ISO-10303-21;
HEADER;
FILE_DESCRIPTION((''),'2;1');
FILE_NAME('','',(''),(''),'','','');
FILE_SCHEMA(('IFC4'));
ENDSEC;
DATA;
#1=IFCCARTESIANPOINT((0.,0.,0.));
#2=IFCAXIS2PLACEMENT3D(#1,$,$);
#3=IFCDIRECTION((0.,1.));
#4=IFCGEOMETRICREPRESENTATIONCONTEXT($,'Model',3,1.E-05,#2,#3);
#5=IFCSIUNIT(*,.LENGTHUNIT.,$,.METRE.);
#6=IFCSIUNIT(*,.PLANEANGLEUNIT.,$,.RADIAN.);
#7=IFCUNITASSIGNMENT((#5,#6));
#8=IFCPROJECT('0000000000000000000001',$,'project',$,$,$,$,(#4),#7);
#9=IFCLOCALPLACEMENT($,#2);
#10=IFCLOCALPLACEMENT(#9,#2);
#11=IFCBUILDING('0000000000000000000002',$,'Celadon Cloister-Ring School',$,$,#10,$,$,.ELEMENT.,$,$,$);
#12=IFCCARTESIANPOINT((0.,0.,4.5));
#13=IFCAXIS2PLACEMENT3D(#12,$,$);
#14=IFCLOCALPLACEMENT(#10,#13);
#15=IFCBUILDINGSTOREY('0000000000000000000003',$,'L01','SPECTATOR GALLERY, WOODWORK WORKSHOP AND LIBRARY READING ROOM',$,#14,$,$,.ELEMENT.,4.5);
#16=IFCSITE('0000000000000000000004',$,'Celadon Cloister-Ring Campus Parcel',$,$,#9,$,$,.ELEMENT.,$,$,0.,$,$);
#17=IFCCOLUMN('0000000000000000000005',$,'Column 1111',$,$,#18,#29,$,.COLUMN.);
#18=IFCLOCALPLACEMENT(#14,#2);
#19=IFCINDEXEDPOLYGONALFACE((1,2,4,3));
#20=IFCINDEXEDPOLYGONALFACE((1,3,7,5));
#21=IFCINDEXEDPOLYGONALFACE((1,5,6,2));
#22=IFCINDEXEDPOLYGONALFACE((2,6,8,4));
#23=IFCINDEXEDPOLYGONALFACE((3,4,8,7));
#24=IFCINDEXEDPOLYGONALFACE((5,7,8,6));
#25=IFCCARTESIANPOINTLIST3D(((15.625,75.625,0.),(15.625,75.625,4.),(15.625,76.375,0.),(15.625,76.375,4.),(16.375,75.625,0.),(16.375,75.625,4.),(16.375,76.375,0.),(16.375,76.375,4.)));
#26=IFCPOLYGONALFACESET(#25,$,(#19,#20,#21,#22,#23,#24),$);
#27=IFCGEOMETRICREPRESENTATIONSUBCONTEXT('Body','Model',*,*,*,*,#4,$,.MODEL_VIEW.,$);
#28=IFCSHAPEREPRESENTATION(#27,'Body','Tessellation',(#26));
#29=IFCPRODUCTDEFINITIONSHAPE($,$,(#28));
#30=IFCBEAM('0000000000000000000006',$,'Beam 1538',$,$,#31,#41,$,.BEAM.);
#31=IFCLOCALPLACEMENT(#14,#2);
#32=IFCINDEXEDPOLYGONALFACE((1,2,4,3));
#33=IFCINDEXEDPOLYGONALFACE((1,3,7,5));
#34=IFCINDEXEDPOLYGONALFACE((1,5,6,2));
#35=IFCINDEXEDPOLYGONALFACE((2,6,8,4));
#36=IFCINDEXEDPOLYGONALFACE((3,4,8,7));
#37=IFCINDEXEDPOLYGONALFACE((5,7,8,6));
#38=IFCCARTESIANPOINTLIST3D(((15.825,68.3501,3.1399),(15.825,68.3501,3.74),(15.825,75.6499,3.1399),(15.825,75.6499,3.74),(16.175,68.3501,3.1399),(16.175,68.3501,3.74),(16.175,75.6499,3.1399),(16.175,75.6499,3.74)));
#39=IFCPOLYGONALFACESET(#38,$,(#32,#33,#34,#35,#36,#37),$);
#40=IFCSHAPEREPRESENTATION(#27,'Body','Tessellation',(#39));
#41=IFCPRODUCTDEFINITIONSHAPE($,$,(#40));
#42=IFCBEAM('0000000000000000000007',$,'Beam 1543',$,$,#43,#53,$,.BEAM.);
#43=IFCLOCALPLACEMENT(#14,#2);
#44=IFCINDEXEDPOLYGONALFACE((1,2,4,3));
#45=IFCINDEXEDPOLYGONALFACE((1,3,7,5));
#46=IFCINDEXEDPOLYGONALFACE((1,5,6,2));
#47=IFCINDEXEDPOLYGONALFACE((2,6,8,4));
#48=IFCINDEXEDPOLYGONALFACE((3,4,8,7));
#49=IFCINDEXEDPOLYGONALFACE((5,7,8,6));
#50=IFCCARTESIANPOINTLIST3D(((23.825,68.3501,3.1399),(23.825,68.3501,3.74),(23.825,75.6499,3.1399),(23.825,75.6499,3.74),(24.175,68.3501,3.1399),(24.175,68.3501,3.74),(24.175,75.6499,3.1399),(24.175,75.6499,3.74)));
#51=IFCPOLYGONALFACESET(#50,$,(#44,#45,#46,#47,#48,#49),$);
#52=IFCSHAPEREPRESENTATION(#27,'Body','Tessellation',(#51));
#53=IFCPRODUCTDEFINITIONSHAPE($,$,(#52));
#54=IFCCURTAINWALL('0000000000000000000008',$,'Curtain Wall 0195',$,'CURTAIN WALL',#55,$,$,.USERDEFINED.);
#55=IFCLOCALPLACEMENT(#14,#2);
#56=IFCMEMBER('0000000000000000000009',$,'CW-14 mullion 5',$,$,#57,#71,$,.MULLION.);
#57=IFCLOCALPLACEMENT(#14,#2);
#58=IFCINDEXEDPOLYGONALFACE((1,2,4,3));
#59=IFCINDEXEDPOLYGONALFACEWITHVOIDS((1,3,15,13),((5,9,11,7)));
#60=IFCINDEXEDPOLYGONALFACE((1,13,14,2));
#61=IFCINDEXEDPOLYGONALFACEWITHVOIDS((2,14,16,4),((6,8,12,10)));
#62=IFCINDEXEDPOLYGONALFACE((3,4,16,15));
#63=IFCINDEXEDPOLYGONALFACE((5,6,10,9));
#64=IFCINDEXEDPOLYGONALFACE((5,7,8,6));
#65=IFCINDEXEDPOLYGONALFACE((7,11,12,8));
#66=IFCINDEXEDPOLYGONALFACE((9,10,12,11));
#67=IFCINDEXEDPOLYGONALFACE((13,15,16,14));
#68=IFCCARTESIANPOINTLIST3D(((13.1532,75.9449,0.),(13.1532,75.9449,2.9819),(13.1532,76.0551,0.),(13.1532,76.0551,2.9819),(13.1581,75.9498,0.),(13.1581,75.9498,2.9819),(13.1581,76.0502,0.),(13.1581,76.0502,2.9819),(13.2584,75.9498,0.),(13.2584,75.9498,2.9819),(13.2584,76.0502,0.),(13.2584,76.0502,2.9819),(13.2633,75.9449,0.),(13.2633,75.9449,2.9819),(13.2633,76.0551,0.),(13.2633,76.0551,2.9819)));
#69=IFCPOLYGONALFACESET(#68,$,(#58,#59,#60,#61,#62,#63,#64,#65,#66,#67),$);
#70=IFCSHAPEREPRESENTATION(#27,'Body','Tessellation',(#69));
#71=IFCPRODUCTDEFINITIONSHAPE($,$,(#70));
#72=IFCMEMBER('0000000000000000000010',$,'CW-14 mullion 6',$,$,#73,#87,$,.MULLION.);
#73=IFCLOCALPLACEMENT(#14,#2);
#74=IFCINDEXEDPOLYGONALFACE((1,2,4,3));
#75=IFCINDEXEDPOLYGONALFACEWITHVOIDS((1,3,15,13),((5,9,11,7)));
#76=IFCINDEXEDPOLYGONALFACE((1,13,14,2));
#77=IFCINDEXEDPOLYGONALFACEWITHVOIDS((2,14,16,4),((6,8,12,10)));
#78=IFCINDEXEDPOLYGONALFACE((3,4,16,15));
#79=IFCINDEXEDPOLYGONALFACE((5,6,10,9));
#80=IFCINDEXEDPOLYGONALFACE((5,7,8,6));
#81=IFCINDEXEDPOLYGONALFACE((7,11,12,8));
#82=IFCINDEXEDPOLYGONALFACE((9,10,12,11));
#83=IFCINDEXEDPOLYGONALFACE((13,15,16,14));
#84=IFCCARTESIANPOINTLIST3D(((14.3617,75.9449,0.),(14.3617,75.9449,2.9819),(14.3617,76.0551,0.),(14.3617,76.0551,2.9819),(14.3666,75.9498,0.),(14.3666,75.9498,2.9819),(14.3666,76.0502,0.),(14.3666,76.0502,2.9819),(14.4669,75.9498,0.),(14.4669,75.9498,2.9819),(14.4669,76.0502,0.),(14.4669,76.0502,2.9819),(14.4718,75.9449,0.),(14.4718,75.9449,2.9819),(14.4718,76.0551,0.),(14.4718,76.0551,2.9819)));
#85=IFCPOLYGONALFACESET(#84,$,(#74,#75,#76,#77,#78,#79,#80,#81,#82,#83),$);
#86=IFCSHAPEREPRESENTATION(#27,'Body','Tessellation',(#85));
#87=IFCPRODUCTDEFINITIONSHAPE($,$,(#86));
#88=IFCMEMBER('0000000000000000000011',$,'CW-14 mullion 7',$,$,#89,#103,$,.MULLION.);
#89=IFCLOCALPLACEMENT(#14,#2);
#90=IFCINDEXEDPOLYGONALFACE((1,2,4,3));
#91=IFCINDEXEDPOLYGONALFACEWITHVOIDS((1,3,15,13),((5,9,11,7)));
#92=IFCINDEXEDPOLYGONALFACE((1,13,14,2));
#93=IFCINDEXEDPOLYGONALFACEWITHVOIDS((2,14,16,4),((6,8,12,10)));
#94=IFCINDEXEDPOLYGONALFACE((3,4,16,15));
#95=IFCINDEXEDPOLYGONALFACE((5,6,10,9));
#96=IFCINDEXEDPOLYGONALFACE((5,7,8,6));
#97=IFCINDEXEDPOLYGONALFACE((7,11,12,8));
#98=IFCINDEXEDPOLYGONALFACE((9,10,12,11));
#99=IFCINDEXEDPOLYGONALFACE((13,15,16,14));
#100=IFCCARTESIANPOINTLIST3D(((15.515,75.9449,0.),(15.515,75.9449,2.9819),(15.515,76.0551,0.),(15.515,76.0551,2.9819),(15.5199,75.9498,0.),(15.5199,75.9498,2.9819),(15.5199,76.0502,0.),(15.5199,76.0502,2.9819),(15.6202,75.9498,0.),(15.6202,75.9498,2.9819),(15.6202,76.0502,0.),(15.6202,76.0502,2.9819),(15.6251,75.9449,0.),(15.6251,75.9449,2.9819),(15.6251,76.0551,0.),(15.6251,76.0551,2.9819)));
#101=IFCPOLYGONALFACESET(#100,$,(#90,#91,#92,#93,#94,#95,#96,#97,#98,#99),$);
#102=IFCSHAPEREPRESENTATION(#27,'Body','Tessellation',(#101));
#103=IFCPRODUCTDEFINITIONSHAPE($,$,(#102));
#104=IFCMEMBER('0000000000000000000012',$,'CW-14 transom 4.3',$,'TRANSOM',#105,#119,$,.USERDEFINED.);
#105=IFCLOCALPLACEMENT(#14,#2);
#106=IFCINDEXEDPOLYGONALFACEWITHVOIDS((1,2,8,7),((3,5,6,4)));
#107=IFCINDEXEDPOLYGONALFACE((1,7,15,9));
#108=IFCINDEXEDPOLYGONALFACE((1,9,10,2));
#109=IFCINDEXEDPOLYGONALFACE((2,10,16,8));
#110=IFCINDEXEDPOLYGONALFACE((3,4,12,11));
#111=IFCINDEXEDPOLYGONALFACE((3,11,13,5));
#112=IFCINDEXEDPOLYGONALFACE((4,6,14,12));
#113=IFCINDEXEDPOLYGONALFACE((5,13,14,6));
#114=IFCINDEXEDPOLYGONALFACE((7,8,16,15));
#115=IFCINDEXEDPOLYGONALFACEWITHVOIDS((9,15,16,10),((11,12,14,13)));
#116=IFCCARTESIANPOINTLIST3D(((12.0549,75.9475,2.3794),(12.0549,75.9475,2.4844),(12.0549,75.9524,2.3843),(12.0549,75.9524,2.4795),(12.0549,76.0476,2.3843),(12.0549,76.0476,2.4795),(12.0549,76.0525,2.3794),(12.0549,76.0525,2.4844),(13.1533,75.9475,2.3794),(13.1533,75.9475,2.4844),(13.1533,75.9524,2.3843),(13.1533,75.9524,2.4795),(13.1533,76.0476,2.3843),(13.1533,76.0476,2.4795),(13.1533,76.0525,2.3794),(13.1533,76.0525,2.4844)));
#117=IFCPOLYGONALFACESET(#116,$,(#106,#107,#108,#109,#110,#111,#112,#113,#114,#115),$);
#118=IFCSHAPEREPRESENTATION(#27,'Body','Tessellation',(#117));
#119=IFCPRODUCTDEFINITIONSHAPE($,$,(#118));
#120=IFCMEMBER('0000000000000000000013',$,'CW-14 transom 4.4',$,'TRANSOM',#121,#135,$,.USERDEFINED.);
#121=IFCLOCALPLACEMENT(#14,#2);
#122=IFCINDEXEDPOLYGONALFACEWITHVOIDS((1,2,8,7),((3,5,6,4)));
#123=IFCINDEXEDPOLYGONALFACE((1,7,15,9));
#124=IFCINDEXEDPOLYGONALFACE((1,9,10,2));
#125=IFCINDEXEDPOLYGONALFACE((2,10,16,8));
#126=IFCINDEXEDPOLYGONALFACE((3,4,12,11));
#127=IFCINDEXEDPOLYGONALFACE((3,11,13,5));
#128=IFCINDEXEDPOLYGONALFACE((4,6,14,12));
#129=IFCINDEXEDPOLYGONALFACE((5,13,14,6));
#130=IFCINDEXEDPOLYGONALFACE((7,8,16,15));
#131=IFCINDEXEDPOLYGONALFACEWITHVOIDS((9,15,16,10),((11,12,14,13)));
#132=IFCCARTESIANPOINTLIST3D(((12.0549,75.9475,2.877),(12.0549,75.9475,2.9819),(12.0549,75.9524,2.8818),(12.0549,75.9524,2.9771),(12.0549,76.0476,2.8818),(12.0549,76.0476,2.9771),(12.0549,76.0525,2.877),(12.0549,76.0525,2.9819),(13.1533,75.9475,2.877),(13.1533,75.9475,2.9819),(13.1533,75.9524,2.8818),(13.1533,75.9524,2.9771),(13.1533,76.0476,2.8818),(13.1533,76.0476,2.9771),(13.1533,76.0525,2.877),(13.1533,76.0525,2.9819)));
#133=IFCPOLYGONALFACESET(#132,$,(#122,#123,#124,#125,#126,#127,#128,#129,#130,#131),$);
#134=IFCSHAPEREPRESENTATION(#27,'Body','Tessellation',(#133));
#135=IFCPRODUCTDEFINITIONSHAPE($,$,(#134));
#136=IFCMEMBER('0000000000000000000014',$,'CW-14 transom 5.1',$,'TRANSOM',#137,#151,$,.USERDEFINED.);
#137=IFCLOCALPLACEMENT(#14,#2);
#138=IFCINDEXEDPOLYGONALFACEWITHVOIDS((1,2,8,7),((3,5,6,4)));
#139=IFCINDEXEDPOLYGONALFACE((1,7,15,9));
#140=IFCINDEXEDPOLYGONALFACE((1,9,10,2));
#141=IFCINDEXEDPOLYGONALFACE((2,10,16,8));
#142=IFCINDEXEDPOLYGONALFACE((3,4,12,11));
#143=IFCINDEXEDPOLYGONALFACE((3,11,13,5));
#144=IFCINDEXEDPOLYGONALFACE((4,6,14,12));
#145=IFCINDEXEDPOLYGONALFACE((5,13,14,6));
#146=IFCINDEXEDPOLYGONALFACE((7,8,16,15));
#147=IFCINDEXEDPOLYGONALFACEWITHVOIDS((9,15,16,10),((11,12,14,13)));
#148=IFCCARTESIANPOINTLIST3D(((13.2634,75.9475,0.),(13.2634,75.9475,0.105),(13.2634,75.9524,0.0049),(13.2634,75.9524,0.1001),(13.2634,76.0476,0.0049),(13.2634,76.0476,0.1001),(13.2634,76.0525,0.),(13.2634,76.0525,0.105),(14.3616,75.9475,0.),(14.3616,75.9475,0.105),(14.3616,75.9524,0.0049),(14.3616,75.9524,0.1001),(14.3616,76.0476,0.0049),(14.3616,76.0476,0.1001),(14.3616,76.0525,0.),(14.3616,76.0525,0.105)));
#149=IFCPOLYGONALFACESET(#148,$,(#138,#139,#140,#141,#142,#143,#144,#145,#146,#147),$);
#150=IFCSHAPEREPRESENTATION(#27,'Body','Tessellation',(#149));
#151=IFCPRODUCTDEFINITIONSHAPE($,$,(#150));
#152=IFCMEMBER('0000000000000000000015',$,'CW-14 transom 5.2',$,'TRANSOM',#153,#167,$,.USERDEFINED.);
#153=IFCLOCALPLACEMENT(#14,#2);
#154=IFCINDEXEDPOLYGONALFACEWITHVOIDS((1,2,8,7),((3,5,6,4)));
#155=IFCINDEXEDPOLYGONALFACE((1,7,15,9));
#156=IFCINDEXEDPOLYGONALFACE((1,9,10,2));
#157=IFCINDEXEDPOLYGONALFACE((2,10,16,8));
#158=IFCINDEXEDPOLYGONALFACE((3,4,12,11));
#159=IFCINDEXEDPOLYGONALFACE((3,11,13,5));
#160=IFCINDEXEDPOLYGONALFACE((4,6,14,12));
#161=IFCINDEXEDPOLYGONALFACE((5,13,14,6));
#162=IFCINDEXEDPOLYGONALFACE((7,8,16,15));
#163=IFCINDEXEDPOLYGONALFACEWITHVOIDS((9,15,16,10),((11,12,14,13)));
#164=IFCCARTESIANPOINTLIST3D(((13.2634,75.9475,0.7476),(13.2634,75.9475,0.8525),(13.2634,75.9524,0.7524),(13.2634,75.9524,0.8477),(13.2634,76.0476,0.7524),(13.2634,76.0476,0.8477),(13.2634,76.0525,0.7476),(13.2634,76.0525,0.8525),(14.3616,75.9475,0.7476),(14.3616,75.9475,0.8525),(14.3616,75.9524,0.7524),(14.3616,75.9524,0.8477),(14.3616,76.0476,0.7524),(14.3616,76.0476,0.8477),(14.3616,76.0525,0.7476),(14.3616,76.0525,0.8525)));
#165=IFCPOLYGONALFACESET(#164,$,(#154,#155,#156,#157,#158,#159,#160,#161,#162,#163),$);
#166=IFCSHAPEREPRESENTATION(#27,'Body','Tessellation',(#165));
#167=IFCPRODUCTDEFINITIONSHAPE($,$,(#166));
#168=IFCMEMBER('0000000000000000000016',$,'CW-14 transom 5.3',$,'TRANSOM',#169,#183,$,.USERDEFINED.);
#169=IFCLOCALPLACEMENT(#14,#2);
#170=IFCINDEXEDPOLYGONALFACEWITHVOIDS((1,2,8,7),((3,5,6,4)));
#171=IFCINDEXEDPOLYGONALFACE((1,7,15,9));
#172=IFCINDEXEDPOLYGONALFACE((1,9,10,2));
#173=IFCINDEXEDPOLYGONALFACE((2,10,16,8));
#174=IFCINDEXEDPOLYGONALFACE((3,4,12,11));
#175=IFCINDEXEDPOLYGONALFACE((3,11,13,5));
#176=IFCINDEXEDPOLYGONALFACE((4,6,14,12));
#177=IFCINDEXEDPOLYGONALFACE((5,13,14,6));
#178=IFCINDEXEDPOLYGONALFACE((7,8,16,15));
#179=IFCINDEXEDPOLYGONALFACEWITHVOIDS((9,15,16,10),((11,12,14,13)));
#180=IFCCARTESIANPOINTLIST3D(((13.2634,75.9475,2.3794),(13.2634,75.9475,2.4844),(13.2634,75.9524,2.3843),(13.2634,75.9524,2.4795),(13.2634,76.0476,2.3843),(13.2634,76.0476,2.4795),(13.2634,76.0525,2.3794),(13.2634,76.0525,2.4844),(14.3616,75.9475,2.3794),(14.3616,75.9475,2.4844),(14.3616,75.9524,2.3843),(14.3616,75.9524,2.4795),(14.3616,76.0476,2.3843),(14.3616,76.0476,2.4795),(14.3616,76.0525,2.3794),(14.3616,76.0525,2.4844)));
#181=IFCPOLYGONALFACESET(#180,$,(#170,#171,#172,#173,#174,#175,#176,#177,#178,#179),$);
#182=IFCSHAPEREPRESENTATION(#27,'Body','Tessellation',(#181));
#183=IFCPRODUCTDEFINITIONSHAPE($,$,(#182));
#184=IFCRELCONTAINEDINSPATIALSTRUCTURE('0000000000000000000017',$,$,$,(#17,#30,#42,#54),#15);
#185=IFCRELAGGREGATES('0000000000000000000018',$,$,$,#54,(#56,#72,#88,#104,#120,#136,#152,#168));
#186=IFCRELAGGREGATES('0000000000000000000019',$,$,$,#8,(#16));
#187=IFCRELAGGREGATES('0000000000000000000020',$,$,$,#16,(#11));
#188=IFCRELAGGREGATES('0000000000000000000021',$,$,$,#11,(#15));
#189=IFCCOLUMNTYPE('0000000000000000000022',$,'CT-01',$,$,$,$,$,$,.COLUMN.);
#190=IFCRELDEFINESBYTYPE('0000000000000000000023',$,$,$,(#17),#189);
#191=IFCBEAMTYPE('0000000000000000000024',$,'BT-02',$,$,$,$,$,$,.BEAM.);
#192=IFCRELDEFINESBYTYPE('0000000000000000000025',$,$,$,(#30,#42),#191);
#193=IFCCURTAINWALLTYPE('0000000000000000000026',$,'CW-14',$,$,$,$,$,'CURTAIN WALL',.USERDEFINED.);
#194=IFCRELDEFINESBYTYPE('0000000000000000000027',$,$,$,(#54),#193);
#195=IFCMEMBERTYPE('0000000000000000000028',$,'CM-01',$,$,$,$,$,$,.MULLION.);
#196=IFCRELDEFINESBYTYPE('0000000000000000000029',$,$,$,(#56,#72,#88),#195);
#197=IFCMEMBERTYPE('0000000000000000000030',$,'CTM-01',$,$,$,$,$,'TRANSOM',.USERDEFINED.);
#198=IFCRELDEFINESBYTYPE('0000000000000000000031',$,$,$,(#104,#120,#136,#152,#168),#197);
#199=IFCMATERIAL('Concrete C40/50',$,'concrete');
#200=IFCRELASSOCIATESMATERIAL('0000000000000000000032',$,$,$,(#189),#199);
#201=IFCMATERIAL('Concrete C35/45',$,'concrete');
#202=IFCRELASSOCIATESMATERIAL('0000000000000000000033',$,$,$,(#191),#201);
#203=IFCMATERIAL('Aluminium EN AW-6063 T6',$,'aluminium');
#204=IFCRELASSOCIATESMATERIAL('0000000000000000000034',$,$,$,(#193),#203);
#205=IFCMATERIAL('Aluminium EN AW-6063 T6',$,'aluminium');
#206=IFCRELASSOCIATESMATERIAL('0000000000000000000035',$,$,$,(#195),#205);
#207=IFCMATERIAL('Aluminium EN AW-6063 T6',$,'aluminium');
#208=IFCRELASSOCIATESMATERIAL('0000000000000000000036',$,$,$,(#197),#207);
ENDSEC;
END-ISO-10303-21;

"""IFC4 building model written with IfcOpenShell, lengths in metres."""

from ifc_helpers import new_model, si_unit, direction, frame, origin, origin_2d, place, context, subcontext, project, spatial, rectangle, hollow_rectangle, extrude, material, material_profile, profile_set, type_object, element, aggregate, save


model = new_model("IFC4")

# Units and contexts
model_context = context("Model", 3, precision=1e-05, world=origin(), true_north=direction((0.0, 1.0)))
body_context = subcontext(model_context, "Body", "Model", "MODEL_VIEW")
ifc_project = project(units=[si_unit("LENGTHUNIT", "METRE"), si_unit("PLANEANGLEUNIT", "RADIAN")], contexts=[model_context])

# Site, building, storey
site_placement = place(None, origin())
site = spatial("IfcSite", under=ifc_project, at=site_placement, Name="Celadon Cloister-Ring Campus Parcel", CompositionType="ELEMENT", RefElevation=0.0)
building_placement = place(site_placement, origin())
building = spatial("IfcBuilding", under=site, at=building_placement, Name="Celadon Cloister-Ring School", CompositionType="ELEMENT")
storey_placement = place(building_placement, frame((0.0, 0.0, 4.5)))
storey = spatial("IfcBuildingStorey", under=building, at=storey_placement, Name="L01", Description="SPECTATOR GALLERY, WOODWORK WORKSHOP AND LIBRARY READING ROOM", CompositionType="ELEMENT", Elevation=4.5)

# Column
ifc_material_1 = material(Name="Concrete C40/50", Category="concrete")
ifc_material_profile_1 = material_profile(ifc_material_1, rectangle(XDim=0.75, YDim=0.75, at=origin_2d()), Name="RC750X750")
ifc_profile_set_1 = profile_set([ifc_material_profile_1], Name="Concrete C40/50")
column_type = type_object("IfcColumnType", Name="CT-01", PredefinedType="COLUMN", material=ifc_profile_set_1)
column_placement = place(storey_placement, frame((16.0, 76.0, 0.0), z_axis=(0.0, 0.0, 1.0), x_axis=(1.0, 0.0, 0.0)))
element("IfcColumn", 1, at=column_placement, inside=storey, type_object=column_type, Name="Column 1111", PredefinedType="COLUMN", context=body_context, shape_type="SweptSolid", body=[
    extrude(rectangle(XDim=0.75, YDim=0.75, at=origin_2d()), origin(), (0.0, 0.0, 1.0), 4.0),
])

# Beams
ifc_material_2 = material(Name="Concrete C35/45", Category="concrete")
ifc_material_profile_2 = material_profile(ifc_material_2, rectangle(XDim=0.3501, YDim=0.6001, at=origin_2d()), Name="RC350X600")
ifc_profile_set_2 = profile_set([ifc_material_profile_2], Name="Concrete C35/45")
beam_type_1 = type_object("IfcBeamType", Name="BT-02", PredefinedType="BEAM", material=ifc_profile_set_2)
for number, where, z_axis, x_axis, name in (
    (2, (16.0, 68.3501, 3.4399), (0.0, 1.0, 0.0), (-1.0, 0.0, 0.0), "Beam 1538"),
    (3, (24.0, 68.3501, 3.4399), (0.0, 1.0, 0.0), (-1.0, 0.0, 0.0), "Beam 1543"),
):
    element("IfcBeam", number, at=place(storey_placement, frame(where, z_axis=z_axis, x_axis=x_axis)), inside=storey, type_object=beam_type_1, Name=name, PredefinedType="BEAM", context=body_context, shape_type="SweptSolid", body=[
        extrude(rectangle(XDim=0.3501, YDim=0.6001, at=origin_2d()), origin(), (0.0, 0.0, 1.0), 7.2998),
    ])

# Curtain wall, members
ifc_material_3 = material(Name="Aluminium EN AW-6063 T6", Category="aluminium")
curtain_wall_type = type_object("IfcCurtainWallType", Name="CW-14", ElementType="CURTAIN WALL", PredefinedType="USERDEFINED", material=ifc_material_3)
curtain_wall_placement = place(storey_placement, origin())
curtain_wall = element("IfcCurtainWall", 4, at=curtain_wall_placement, inside=storey, type_object=curtain_wall_type, Name="Curtain Wall 0195", ObjectType="CURTAIN WALL", PredefinedType="USERDEFINED")
ifc_material_4 = material(Name="Aluminium EN AW-6063 T6", Category="aluminium")
ifc_material_profile_3 = material_profile(ifc_material_4, hollow_rectangle(XDim=0.1101, YDim=0.1101, WallThickness=0.0049, at=origin_2d()), Name="RHS110X110X5")
ifc_profile_set_3 = profile_set([ifc_material_profile_3], Name="Aluminium EN AW-6063 T6")
member_type_1 = type_object("IfcMemberType", Name="CM-01", PredefinedType="MULLION", material=ifc_profile_set_3)
member_1_placement = place(storey_placement, frame((13.2083, 76.0, 0.0), z_axis=(0.0, 0.0, 1.0), x_axis=(0.0, 1.0, 0.0)))
member_1 = element("IfcMember", 5, at=member_1_placement, type_object=member_type_1, Name="CW-14 mullion 5", PredefinedType="MULLION", context=body_context, shape_type="SweptSolid", body=[
    extrude(hollow_rectangle(XDim=0.1101, YDim=0.1101, WallThickness=0.0049, at=origin_2d()), origin(), (0.0, 0.0, 1.0), 2.9819),
])
member_2_placement = place(storey_placement, frame((14.4167, 76.0, 0.0), z_axis=(0.0, 0.0, 1.0), x_axis=(0.0, 1.0, 0.0)))
member_2 = element("IfcMember", 6, at=member_2_placement, type_object=member_type_1, Name="CW-14 mullion 6", PredefinedType="MULLION", context=body_context, shape_type="SweptSolid", body=[
    extrude(hollow_rectangle(XDim=0.1101, YDim=0.1101, WallThickness=0.0049, at=origin_2d()), origin(), (0.0, 0.0, 1.0), 2.9819),
])
member_3_placement = place(storey_placement, frame((15.5701, 76.0, 0.0), z_axis=(0.0, 0.0, 1.0), x_axis=(0.0, 1.0, 0.0)))
member_3 = element("IfcMember", 7, at=member_3_placement, type_object=member_type_1, Name="CW-14 mullion 7", PredefinedType="MULLION", context=body_context, shape_type="SweptSolid", body=[
    extrude(hollow_rectangle(XDim=0.1101, YDim=0.1101, WallThickness=0.0049, at=origin_2d()), origin(), (0.0, 0.0, 1.0), 2.9819),
])
ifc_material_5 = material(Name="Aluminium EN AW-6063 T6", Category="aluminium")
ifc_material_profile_4 = material_profile(ifc_material_5, hollow_rectangle(XDim=0.105, YDim=0.105, WallThickness=0.0049, at=origin_2d()), Name="RHS105X105X5")
ifc_profile_set_4 = profile_set([ifc_material_profile_4], Name="Aluminium EN AW-6063 T6")
member_type_2 = type_object("IfcMemberType", Name="CTM-01", ElementType="TRANSOM", PredefinedType="USERDEFINED", material=ifc_profile_set_4)
member_4_placement = place(storey_placement, frame((12.0549, 76.0, 2.4319), z_axis=(1.0, 0.0, 0.0), x_axis=(0.0, 1.0, 0.0)))
member_4 = element("IfcMember", 8, at=member_4_placement, type_object=member_type_2, Name="CW-14 transom 4.3", ObjectType="TRANSOM", PredefinedType="USERDEFINED", context=body_context, shape_type="SweptSolid", body=[
    extrude(hollow_rectangle(XDim=0.105, YDim=0.105, WallThickness=0.0049, at=origin_2d()), origin(), (0.0, 0.0, 1.0), 1.0984),
])
member_5_placement = place(storey_placement, frame((12.0549, 76.0, 2.9294), z_axis=(1.0, 0.0, 0.0), x_axis=(0.0, 1.0, 0.0)))
member_5 = element("IfcMember", 9, at=member_5_placement, type_object=member_type_2, Name="CW-14 transom 4.4", ObjectType="TRANSOM", PredefinedType="USERDEFINED", context=body_context, shape_type="SweptSolid", body=[
    extrude(hollow_rectangle(XDim=0.105, YDim=0.105, WallThickness=0.0049, at=origin_2d()), origin(), (0.0, 0.0, 1.0), 1.0984),
])
member_6_placement = place(storey_placement, frame((13.2634, 76.0, 0.0525), z_axis=(1.0, 0.0, 0.0), x_axis=(0.0, 1.0, 0.0)))
member_6 = element("IfcMember", 10, at=member_6_placement, type_object=member_type_2, Name="CW-14 transom 5.1", ObjectType="TRANSOM", PredefinedType="USERDEFINED", context=body_context, shape_type="SweptSolid", body=[
    extrude(hollow_rectangle(XDim=0.105, YDim=0.105, WallThickness=0.0049, at=origin_2d()), origin(), (0.0, 0.0, 1.0), 1.0981),
])
member_7_placement = place(storey_placement, frame((13.2634, 76.0, 0.8), z_axis=(1.0, 0.0, 0.0), x_axis=(0.0, 1.0, 0.0)))
member_7 = element("IfcMember", 11, at=member_7_placement, type_object=member_type_2, Name="CW-14 transom 5.2", ObjectType="TRANSOM", PredefinedType="USERDEFINED", context=body_context, shape_type="SweptSolid", body=[
    extrude(hollow_rectangle(XDim=0.105, YDim=0.105, WallThickness=0.0049, at=origin_2d()), origin(), (0.0, 0.0, 1.0), 1.0981),
])
member_8_placement = place(storey_placement, frame((13.2634, 76.0, 2.4319), z_axis=(1.0, 0.0, 0.0), x_axis=(0.0, 1.0, 0.0)))
member_8 = element("IfcMember", 12, at=member_8_placement, type_object=member_type_2, Name="CW-14 transom 5.3", ObjectType="TRANSOM", PredefinedType="USERDEFINED", context=body_context, shape_type="SweptSolid", body=[
    extrude(hollow_rectangle(XDim=0.105, YDim=0.105, WallThickness=0.0049, at=origin_2d()), origin(), (0.0, 0.0, 1.0), 1.0981),
])

aggregate(curtain_wall, [member_1, member_2, member_3, member_4, member_5, member_6, member_7, member_8])

save(model, "model.ifc")
